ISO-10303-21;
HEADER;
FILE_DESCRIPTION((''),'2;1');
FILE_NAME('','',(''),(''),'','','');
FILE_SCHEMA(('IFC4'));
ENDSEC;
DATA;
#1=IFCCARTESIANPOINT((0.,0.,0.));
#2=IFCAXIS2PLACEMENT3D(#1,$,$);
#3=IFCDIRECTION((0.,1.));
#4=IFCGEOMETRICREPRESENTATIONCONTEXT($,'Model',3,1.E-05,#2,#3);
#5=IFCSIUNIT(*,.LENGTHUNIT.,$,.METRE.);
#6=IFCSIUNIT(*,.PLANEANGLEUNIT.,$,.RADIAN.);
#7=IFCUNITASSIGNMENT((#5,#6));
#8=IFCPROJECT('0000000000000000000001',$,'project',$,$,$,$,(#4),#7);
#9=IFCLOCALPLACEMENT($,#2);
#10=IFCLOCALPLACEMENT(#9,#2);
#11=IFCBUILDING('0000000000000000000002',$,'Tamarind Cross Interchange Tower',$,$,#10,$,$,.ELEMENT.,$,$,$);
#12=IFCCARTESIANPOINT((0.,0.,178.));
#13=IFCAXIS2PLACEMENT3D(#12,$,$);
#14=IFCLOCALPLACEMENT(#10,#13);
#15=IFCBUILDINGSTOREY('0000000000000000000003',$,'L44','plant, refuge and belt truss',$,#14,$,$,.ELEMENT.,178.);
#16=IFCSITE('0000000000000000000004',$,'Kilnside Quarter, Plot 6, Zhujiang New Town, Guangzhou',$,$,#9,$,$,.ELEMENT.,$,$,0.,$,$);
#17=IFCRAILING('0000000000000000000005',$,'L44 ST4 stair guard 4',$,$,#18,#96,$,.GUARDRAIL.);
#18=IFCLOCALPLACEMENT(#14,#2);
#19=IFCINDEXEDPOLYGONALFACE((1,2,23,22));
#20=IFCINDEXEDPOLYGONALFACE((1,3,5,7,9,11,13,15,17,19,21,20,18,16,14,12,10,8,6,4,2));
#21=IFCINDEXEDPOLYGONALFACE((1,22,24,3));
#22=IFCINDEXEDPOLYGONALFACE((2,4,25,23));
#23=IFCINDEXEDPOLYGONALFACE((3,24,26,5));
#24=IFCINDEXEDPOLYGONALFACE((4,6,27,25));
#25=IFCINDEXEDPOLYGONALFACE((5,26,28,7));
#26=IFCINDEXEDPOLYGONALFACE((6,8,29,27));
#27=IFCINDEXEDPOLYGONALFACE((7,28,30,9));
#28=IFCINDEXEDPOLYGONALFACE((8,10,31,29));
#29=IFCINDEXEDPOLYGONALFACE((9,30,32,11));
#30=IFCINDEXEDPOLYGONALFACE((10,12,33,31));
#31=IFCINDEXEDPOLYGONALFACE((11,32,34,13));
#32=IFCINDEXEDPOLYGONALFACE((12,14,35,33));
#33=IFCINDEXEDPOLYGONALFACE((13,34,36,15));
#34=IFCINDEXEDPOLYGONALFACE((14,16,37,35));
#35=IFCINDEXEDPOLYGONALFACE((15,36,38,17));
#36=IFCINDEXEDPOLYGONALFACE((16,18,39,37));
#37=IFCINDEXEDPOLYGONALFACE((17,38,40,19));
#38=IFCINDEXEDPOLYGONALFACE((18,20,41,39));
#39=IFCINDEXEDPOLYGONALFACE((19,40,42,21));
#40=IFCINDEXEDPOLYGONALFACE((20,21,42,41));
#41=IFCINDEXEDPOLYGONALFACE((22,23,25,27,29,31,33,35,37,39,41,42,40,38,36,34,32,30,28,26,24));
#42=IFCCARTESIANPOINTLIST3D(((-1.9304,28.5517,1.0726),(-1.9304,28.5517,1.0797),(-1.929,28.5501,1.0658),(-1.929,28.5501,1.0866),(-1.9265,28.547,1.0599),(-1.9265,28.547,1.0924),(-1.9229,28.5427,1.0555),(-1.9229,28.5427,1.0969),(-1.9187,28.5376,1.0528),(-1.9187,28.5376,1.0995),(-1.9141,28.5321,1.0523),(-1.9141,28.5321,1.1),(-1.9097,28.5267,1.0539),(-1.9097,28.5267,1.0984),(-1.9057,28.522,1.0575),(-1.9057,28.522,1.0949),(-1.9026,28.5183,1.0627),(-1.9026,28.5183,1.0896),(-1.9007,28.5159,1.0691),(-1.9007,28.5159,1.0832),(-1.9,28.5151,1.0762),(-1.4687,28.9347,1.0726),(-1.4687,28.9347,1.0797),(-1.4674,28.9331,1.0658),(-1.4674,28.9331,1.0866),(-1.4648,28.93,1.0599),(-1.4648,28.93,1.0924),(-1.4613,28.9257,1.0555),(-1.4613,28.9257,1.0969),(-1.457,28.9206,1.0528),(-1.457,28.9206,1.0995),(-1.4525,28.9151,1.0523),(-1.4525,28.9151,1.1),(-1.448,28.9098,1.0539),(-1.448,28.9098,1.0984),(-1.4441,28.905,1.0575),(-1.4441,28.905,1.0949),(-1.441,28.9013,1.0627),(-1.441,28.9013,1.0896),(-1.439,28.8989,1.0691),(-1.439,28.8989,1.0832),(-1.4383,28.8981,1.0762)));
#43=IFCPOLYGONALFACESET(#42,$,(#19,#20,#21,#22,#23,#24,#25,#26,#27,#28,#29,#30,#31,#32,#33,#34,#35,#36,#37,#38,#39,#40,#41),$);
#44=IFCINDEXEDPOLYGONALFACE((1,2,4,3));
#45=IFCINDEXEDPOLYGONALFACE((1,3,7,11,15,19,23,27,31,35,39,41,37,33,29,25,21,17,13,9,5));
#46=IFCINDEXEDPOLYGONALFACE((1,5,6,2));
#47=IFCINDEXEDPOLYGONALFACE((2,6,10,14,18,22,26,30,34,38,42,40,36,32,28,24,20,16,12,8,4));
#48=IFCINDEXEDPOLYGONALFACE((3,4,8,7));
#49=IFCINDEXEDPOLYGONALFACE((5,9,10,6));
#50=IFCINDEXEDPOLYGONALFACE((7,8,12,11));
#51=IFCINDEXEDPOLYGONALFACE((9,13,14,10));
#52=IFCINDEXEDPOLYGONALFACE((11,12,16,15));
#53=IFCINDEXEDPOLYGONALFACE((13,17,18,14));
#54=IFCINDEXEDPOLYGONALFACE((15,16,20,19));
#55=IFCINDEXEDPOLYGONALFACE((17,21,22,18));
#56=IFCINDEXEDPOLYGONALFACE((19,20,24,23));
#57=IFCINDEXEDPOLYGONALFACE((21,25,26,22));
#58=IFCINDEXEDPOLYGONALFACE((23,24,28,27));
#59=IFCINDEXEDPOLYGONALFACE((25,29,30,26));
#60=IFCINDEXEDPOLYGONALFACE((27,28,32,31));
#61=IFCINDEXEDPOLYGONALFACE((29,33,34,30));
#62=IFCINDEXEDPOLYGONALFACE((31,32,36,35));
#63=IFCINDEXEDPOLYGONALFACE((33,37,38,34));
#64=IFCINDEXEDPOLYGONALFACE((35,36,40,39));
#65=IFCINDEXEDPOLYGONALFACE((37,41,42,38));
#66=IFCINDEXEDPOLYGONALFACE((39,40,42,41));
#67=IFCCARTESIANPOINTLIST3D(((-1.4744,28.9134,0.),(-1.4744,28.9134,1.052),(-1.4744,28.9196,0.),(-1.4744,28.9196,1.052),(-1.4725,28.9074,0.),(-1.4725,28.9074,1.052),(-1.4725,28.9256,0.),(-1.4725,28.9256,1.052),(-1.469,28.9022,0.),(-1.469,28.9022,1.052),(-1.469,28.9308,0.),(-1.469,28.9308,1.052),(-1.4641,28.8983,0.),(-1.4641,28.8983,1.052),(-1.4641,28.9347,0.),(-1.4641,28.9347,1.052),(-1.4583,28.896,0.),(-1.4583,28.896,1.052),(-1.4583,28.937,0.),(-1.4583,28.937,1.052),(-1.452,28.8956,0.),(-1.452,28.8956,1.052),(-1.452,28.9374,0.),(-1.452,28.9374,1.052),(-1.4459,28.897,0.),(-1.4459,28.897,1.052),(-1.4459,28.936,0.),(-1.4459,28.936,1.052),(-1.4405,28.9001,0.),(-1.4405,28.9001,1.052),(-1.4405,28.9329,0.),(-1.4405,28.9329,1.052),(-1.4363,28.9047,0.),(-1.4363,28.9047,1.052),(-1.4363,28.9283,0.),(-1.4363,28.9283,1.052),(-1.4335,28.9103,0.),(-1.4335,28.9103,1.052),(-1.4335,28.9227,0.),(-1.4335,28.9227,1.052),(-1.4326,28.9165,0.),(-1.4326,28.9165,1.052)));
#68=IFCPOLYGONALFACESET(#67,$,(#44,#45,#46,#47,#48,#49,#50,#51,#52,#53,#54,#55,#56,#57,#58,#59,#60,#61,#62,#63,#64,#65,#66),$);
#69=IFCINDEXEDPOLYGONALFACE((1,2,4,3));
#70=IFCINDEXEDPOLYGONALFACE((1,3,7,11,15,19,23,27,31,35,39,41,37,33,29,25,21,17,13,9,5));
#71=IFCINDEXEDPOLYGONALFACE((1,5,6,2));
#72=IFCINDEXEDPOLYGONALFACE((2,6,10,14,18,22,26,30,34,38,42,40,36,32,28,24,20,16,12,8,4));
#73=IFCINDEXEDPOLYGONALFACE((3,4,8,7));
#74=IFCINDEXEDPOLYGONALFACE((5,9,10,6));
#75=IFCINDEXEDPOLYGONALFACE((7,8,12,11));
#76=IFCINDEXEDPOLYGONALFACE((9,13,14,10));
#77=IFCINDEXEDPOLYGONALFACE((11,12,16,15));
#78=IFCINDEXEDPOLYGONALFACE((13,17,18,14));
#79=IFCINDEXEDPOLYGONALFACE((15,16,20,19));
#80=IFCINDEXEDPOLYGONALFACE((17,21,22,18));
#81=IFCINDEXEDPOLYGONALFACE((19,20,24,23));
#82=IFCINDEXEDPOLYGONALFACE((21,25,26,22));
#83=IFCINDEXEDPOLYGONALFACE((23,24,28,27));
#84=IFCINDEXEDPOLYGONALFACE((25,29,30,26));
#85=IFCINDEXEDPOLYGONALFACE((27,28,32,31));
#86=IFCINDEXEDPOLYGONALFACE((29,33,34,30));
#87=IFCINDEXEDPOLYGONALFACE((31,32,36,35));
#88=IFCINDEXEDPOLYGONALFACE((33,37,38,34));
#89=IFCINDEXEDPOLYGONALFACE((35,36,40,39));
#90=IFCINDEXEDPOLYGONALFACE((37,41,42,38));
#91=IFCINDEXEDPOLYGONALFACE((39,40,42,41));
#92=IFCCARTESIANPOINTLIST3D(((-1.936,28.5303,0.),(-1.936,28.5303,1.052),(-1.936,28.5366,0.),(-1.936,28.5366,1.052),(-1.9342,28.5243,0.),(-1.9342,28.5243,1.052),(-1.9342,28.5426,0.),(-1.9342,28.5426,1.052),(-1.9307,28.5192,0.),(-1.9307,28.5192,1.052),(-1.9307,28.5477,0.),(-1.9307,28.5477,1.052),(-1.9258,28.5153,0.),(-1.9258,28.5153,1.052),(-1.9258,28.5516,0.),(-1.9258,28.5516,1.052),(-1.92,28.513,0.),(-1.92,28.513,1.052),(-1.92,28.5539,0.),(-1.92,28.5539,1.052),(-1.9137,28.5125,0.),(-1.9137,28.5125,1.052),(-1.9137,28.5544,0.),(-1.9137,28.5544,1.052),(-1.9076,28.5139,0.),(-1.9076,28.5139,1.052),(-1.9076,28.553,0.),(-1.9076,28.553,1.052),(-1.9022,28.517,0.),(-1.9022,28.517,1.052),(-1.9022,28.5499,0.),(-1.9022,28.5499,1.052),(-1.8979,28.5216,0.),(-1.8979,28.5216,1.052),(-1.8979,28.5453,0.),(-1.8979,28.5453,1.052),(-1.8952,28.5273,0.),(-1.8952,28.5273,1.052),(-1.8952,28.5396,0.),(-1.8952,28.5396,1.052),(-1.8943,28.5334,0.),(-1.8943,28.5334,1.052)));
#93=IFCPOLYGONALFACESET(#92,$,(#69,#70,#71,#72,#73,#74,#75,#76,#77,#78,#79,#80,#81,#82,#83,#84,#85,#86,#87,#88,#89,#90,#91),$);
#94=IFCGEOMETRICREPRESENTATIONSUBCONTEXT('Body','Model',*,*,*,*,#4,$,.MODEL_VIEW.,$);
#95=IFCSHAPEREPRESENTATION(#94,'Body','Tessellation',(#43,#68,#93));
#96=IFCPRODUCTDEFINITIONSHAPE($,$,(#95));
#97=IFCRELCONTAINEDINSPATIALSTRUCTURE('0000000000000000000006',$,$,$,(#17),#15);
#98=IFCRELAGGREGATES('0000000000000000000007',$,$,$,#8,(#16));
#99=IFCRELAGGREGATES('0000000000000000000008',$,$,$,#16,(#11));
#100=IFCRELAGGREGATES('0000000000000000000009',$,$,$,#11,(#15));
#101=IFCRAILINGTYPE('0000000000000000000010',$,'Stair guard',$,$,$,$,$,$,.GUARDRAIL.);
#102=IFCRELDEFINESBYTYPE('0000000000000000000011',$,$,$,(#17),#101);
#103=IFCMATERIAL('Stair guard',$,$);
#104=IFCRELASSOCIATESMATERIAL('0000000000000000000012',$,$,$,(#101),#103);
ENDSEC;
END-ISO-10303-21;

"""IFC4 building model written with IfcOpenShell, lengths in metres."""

from ifc_helpers import new_model, si_unit, direction, frame, origin, origin_2d, place, context, subcontext, project, spatial, circle, extrude, material, type_object, element, save


model = new_model("IFC4")

# Units and contexts
model_context = context("Model", 3, precision=1e-05, world=origin(), true_north=direction((0.0, 1.0)))
body_context = subcontext(model_context, "Body", "Model", "MODEL_VIEW")
ifc_project = project(units=[si_unit("LENGTHUNIT", "METRE"), si_unit("PLANEANGLEUNIT", "RADIAN")], contexts=[model_context])

# Site, building, storey
site_placement = place(None, origin())
site = spatial("IfcSite", under=ifc_project, at=site_placement, Name="Kilnside Quarter, Plot 6, Zhujiang New Town, Guangzhou", CompositionType="ELEMENT", RefElevation=0.0)
building_placement = place(site_placement, origin())
building = spatial("IfcBuilding", under=site, at=building_placement, Name="Tamarind Cross Interchange Tower", CompositionType="ELEMENT")
storey_placement = place(building_placement, frame((0.0, 0.0, 178.0)))
storey = spatial("IfcBuildingStorey", under=building, at=storey_placement, Name="L44", Description="plant, refuge and belt truss", CompositionType="ELEMENT", Elevation=178.0)

# Railing
ifc_material_1 = material(Name="Stair guard")
railing_type_1 = type_object("IfcRailingType", Name="Stair guard", PredefinedType="GUARDRAIL", material=ifc_material_1)
railing_1_placement = place(storey_placement, frame((-1.4536, 28.9165, 0.0)))
element("IfcRailing", 1, at=railing_1_placement, inside=storey, type_object=railing_type_1, Name="L44 ST4 stair guard 4", PredefinedType="GUARDRAIL", context=body_context, shape_type="SweptSolid", body=[
    extrude(circle(Radius=0.0239, at=origin_2d()), frame((0.0, 0.0, 1.0762), z_axis=(-0.769587, -0.638542, 0.0), x_axis=(0.638542, -0.769587, 0.0)), (0.0, 0.0, 1.0), 0.5999),
    extrude(circle(Radius=0.021, at=origin_2d()), origin(), (0.0, 0.0, 1.0), 1.052),
    extrude(circle(Radius=0.021, at=origin_2d()), frame((-0.4617, -0.3831, 0.0)), (0.0, 0.0, 1.0), 1.052),
])

save(model, "model.ifc")
